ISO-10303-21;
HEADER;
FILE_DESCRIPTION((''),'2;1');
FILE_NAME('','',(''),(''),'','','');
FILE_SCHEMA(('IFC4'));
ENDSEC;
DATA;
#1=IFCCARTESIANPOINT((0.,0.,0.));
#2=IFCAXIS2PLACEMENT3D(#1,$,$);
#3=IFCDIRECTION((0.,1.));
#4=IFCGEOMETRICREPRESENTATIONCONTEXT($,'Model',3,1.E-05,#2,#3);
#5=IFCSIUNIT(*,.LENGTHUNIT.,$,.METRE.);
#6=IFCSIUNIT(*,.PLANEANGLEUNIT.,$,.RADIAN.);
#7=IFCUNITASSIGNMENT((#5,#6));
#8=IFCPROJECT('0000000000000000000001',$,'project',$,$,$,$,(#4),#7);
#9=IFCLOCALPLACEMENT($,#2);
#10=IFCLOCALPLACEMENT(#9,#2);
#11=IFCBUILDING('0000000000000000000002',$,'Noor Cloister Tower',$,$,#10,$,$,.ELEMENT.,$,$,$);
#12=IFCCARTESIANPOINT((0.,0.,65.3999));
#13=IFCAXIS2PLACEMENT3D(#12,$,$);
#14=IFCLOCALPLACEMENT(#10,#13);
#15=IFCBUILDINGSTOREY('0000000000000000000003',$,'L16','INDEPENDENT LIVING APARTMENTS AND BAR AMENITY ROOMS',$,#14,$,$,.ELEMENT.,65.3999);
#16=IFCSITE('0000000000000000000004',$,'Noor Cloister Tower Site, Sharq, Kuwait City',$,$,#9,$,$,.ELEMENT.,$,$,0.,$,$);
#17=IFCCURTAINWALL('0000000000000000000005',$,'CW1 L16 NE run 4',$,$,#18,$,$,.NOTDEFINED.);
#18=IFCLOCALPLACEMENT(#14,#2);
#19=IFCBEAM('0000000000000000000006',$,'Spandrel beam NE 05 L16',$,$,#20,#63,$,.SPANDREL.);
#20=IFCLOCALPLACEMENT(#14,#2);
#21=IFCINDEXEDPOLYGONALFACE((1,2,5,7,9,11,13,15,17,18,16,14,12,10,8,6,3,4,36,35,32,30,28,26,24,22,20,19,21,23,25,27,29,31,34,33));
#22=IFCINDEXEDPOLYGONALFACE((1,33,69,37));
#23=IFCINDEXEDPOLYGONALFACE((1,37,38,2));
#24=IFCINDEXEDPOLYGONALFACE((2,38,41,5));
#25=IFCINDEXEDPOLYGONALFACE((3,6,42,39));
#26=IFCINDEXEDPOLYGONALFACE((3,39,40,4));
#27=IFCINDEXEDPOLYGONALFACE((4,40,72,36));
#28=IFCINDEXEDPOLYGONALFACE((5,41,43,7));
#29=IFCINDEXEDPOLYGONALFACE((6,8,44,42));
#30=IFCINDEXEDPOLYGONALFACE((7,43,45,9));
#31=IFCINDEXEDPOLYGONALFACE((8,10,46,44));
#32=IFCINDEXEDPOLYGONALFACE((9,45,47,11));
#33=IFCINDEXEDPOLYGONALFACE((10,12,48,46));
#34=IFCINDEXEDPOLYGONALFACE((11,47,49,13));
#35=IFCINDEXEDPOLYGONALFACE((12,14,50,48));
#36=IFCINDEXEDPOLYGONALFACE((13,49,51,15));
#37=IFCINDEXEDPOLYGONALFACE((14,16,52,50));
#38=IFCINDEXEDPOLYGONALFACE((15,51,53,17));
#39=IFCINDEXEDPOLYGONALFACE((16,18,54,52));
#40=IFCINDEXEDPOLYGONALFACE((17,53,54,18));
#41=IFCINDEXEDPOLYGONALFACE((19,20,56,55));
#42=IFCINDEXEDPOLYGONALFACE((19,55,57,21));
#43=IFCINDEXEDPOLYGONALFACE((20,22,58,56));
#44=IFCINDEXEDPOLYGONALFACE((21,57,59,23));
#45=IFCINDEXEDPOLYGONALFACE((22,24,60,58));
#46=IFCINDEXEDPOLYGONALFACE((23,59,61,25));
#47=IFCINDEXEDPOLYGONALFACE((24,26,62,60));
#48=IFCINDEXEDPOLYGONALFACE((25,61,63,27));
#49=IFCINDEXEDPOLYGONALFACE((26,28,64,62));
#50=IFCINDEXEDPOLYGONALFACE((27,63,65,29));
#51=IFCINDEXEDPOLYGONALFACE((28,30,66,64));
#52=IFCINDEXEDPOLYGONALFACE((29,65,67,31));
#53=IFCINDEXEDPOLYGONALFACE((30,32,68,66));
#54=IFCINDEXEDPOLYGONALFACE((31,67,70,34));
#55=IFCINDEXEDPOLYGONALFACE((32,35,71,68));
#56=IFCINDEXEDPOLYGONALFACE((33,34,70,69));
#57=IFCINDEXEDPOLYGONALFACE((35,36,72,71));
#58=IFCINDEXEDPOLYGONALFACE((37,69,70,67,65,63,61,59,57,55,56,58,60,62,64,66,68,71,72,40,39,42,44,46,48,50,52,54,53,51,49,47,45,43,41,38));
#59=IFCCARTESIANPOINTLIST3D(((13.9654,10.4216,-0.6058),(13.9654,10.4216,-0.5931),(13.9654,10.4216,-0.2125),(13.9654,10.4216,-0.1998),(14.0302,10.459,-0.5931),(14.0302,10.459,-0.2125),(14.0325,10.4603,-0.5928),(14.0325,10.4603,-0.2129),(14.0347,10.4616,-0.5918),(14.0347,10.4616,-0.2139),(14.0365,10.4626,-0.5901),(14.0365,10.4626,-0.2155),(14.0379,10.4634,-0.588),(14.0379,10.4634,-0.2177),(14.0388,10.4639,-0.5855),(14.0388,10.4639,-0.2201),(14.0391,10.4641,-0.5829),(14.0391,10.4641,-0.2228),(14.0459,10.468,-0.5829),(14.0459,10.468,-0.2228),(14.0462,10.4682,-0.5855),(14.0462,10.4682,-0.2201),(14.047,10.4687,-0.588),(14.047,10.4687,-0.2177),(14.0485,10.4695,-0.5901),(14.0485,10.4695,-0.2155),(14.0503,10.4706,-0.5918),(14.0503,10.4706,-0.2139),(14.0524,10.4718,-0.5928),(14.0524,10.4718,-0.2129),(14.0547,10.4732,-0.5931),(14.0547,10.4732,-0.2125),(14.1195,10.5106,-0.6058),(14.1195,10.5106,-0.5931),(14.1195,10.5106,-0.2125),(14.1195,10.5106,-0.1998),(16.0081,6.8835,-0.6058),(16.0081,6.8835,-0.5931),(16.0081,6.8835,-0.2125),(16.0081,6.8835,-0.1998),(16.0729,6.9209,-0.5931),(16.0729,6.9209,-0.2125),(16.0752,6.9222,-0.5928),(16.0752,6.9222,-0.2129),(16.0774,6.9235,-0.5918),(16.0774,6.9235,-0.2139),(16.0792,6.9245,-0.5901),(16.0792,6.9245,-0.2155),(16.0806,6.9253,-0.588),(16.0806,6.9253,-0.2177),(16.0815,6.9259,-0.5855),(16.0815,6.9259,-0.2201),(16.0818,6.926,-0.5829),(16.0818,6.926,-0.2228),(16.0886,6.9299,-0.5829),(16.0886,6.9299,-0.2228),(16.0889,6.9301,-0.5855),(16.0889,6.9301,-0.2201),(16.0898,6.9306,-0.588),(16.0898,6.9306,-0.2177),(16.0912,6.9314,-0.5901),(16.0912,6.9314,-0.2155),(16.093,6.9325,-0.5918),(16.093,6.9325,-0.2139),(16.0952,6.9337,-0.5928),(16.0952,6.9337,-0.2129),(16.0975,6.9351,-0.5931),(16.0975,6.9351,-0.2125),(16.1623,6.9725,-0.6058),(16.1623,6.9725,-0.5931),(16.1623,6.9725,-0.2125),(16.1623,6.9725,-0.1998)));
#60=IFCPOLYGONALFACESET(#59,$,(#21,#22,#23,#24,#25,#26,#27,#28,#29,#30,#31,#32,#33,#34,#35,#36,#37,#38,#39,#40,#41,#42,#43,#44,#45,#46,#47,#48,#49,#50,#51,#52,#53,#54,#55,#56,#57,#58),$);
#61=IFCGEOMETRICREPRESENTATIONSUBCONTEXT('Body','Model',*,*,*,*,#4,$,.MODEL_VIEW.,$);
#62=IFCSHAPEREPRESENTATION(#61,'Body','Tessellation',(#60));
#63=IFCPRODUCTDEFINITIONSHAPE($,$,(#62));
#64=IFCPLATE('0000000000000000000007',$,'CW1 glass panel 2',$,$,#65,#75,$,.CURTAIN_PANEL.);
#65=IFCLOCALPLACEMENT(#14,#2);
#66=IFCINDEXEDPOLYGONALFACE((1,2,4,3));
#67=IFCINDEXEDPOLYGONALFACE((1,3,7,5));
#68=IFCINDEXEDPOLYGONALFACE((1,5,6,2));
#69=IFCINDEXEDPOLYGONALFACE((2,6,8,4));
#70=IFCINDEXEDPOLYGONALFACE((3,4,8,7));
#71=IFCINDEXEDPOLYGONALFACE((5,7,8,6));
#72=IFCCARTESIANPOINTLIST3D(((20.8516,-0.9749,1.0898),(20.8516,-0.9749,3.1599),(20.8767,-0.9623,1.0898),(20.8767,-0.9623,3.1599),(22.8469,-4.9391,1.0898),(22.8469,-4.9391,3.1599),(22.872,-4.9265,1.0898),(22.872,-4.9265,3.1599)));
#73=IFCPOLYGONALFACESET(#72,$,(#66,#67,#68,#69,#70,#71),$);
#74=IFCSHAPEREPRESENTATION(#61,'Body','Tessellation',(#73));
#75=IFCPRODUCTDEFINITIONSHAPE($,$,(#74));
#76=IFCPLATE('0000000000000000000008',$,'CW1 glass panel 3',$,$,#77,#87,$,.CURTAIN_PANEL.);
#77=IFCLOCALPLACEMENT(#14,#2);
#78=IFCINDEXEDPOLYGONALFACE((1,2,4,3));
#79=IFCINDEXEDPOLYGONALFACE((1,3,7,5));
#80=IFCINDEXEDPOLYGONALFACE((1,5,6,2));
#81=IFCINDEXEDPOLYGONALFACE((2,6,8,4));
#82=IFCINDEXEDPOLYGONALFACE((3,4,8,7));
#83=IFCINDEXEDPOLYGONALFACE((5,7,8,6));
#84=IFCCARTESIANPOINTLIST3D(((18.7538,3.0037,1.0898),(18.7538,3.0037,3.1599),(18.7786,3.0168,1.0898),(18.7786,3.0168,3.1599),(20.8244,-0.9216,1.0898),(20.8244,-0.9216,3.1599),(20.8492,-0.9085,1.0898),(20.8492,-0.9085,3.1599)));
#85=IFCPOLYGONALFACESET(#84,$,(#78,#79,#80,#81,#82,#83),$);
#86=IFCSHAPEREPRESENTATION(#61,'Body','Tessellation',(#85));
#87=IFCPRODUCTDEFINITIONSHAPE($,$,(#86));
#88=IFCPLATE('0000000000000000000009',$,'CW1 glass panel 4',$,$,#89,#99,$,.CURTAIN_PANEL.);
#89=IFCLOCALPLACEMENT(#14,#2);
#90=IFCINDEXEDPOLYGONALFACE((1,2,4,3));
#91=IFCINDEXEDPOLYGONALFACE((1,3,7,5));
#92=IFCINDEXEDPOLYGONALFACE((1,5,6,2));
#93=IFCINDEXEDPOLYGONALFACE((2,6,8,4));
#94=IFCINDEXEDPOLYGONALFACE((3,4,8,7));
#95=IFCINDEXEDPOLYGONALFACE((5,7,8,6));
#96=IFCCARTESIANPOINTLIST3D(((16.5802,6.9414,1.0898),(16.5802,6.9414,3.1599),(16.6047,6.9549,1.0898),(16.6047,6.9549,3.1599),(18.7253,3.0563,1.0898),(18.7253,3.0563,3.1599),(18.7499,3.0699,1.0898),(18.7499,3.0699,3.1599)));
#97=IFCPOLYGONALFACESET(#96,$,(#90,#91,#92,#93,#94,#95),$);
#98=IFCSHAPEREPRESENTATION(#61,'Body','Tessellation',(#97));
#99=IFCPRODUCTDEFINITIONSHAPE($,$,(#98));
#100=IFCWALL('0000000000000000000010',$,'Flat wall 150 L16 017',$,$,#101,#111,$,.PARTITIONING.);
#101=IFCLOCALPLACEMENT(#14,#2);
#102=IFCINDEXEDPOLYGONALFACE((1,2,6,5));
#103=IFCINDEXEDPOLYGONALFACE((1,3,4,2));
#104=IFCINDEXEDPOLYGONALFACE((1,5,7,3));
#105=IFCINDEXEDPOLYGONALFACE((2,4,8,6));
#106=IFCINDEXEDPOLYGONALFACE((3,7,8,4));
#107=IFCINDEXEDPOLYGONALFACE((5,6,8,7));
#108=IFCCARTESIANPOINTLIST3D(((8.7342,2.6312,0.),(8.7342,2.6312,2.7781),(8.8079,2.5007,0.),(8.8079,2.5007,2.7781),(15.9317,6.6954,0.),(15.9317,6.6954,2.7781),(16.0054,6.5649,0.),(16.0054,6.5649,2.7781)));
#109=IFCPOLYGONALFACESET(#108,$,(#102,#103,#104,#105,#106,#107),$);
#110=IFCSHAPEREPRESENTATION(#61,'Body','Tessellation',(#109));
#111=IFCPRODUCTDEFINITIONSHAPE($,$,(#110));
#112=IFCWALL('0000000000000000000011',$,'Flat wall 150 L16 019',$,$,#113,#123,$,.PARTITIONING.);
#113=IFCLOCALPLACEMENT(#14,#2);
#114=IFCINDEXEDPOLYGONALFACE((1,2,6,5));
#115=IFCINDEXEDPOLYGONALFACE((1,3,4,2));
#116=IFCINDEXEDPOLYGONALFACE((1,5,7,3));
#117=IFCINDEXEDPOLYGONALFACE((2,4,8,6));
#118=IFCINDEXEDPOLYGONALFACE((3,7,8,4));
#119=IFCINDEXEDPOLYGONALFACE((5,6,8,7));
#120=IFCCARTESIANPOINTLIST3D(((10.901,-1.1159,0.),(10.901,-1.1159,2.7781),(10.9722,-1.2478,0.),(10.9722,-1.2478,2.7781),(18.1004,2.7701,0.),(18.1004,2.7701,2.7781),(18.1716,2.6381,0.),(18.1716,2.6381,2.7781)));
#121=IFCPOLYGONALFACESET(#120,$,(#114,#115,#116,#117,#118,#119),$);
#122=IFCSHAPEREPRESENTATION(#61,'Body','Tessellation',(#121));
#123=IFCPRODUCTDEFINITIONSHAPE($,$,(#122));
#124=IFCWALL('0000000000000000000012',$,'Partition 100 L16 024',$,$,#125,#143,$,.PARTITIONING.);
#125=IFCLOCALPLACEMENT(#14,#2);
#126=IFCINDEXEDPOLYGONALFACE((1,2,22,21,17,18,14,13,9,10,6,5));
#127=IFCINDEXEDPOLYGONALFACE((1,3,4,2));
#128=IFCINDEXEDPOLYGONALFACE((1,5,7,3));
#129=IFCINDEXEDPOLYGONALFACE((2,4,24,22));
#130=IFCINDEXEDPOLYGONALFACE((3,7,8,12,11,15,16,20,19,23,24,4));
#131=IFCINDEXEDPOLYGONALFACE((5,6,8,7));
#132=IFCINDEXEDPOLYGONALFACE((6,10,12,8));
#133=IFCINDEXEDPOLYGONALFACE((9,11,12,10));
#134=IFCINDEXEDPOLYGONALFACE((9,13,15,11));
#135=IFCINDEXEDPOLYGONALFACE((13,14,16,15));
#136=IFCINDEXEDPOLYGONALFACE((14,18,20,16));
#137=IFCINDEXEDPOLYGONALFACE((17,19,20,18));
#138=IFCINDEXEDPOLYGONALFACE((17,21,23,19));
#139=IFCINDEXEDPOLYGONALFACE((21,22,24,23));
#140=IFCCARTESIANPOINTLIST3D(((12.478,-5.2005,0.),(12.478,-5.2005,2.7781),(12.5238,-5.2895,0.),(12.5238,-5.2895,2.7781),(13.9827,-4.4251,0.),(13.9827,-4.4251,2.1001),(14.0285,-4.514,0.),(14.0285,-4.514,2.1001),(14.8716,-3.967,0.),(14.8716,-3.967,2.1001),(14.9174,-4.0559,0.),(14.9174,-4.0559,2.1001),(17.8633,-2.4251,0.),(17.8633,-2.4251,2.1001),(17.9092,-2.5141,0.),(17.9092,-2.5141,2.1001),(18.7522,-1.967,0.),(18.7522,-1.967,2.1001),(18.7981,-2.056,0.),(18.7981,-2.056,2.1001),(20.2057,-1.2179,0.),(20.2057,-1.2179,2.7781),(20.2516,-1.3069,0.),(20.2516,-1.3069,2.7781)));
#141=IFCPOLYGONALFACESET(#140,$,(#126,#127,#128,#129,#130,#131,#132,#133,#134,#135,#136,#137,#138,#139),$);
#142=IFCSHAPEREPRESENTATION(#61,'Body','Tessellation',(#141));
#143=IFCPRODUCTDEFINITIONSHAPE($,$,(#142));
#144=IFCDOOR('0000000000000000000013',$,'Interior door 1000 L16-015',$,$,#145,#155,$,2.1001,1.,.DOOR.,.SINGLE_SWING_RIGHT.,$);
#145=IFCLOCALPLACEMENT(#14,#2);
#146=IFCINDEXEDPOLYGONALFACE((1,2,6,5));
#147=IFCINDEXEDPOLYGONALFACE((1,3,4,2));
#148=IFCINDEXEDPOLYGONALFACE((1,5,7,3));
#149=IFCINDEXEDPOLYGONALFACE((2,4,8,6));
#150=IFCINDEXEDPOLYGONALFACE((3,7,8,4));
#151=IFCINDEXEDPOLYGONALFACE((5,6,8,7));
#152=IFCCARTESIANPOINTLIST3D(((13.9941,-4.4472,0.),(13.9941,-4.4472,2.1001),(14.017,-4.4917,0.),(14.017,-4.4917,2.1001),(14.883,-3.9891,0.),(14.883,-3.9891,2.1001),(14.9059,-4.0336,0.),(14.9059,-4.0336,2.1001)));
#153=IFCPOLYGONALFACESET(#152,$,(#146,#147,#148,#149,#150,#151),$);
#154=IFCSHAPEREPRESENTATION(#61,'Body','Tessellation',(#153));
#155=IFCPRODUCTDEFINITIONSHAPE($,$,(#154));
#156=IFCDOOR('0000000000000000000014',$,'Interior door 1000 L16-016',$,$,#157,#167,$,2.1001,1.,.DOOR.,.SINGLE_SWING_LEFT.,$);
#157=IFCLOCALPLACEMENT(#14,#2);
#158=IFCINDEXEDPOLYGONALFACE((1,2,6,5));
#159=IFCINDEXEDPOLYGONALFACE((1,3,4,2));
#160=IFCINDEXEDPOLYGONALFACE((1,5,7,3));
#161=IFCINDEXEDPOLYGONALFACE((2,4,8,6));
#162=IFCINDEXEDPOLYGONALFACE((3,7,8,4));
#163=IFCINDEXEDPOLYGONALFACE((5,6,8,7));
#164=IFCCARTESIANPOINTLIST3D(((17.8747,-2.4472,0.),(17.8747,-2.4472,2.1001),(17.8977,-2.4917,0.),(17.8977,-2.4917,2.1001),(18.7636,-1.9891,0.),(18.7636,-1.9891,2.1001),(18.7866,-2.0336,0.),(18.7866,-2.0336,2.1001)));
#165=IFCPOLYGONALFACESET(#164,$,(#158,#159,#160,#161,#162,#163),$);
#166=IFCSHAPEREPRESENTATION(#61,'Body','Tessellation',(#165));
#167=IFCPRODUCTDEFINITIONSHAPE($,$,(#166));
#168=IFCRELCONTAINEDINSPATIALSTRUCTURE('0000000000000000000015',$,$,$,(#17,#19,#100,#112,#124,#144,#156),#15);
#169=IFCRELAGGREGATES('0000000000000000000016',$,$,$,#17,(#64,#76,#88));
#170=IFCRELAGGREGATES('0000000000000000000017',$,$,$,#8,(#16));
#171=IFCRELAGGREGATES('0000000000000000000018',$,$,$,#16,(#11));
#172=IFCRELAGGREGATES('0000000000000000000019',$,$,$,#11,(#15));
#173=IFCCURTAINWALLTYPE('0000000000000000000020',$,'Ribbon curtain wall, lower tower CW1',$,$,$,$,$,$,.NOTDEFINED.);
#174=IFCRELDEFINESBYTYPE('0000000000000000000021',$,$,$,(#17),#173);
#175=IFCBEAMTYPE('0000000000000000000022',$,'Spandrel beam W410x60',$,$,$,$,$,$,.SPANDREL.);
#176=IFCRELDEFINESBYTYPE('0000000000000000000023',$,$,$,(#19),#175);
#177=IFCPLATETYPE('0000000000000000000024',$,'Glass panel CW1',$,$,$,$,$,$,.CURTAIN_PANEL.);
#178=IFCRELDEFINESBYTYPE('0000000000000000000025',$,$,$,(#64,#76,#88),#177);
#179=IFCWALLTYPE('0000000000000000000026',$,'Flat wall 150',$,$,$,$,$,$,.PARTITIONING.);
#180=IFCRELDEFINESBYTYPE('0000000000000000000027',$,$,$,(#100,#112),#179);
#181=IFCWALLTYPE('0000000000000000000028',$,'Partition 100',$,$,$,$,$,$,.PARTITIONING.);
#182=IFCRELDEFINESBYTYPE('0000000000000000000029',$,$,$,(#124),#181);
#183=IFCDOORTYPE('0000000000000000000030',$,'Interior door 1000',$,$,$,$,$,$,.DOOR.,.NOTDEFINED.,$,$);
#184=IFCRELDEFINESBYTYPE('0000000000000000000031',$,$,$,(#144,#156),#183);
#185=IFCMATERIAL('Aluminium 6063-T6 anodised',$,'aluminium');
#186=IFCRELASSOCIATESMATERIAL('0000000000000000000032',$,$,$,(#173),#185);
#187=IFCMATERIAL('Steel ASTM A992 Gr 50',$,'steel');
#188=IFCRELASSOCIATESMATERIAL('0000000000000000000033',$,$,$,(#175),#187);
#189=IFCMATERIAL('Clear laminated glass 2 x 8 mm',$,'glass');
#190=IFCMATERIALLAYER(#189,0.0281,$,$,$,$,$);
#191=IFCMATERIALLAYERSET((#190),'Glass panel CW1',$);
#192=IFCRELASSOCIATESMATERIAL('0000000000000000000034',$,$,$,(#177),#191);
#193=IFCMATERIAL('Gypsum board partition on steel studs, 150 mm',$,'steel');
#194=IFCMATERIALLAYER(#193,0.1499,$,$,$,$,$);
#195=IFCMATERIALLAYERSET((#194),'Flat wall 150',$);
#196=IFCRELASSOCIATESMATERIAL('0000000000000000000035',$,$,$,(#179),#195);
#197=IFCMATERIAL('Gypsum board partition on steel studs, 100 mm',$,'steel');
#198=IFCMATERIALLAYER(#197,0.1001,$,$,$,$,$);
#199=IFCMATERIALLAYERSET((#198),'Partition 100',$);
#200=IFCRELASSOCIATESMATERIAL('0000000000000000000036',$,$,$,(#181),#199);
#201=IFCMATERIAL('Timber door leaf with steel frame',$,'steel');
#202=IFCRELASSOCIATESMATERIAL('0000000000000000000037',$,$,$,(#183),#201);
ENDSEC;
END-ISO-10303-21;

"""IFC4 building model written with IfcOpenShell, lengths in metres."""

from ifc_helpers import new_model, si_unit, direction, frame, frame_2d, origin, origin_2d, place, context, subcontext, project, spatial, rectangle, i_section, extrude, material, layer, layer_set, material_profile, profile_set, type_object, element, fill, aggregate, save


model = new_model("IFC4")

# Units and contexts
model_context = context("Model", 3, precision=1e-05, world=origin(), true_north=direction((0.0, 1.0)))
body_context = subcontext(model_context, "Body", "Model", "MODEL_VIEW")
ifc_project = project(units=[si_unit("LENGTHUNIT", "METRE"), si_unit("PLANEANGLEUNIT", "RADIAN")], contexts=[model_context])

# Site, building, storey
site_placement = place(None, origin())
site = spatial("IfcSite", under=ifc_project, at=site_placement, Name="Noor Cloister Tower Site, Sharq, Kuwait City", CompositionType="ELEMENT", RefElevation=0.0)
building_placement = place(site_placement, origin())
building = spatial("IfcBuilding", under=site, at=building_placement, Name="Noor Cloister Tower", CompositionType="ELEMENT")
storey_placement = place(building_placement, frame((0.0, 0.0, 65.3999)))
storey = spatial("IfcBuildingStorey", under=building, at=storey_placement, Name="L16", Description="INDEPENDENT LIVING APARTMENTS AND BAR AMENITY ROOMS", CompositionType="ELEMENT", Elevation=65.3999)

# Curtain wall
ifc_material_1 = material(Name="Aluminium 6063-T6 anodised", Category="aluminium")
curtain_wall_type = type_object("IfcCurtainWallType", Name="Ribbon curtain wall, lower tower CW1", PredefinedType="NOTDEFINED", material=ifc_material_1)
curtain_wall_placement = place(storey_placement, origin())
curtain_wall = element("IfcCurtainWall", 1, at=curtain_wall_placement, inside=storey, type_object=curtain_wall_type, Name="CW1 L16 NE run 4", PredefinedType="NOTDEFINED")

# Beam
ifc_material_2 = material(Name="Steel ASTM A992 Gr 50", Category="steel")
ifc_material_profile_1 = material_profile(ifc_material_2, i_section(OverallWidth=0.178, OverallDepth=0.406, WebThickness=0.0078, FlangeThickness=0.0127, FilletRadius=0.0103, at=origin_2d()), Name="W410x60")
ifc_profile_set_1 = profile_set([ifc_material_profile_1], Name="Steel ASTM A992 Gr 50")
beam_type_1 = type_object("IfcBeamType", Name="Spandrel beam W410x60", PredefinedType="SPANDREL", material=ifc_profile_set_1)
for number, where, z_axis, x_axis, name in (
    (2, (16.0852, 6.928, -0.4028), (-0.500002, 0.866024, 0.0), (-0.866024, -0.500002, 0.0), "Spandrel beam NE 05 L16"),
):
    element("IfcBeam", number, at=place(storey_placement, frame(where, z_axis=z_axis, x_axis=x_axis)), inside=storey, type_object=beam_type_1, Name=name, PredefinedType="SPANDREL", context=body_context, shape_type="SweptSolid", body=[
        extrude(i_section(OverallWidth=0.178, OverallDepth=0.406, WebThickness=0.0078, FlangeThickness=0.0127, FilletRadius=0.0103, at=origin_2d()), origin(), (0.0, 0.0, 1.0), 4.0854),
    ])

# Plates
ifc_material_3 = material(Name="Clear laminated glass 2 x 8 mm", Category="glass")
ifc_layer_1 = layer(ifc_material_3, 0.0281)
ifc_layer_set_1 = layer_set([ifc_layer_1], Name="Glass panel CW1")
plate_type = type_object("IfcPlateType", Name="Glass panel CW1", PredefinedType="CURTAIN_PANEL", material=ifc_layer_set_1)
plate_1_placement = place(storey_placement, frame((21.8618, -2.9507, 1.0898), z_axis=(0.0, 0.0, 1.0), x_axis=(-0.449593, 0.893233, 0.0)))
plate_1 = element("IfcPlate", 3, at=plate_1_placement, type_object=plate_type, Name="CW1 glass panel 2", PredefinedType="CURTAIN_PANEL", context=body_context, shape_type="SweptSolid", body=[
    extrude(rectangle(XDim=4.438, YDim=0.0281, at=origin_2d()), origin(), (0.0, 0.0, 1.0), 2.0701),
])
plate_2_placement = place(storey_placement, frame((19.8015, 1.0476, 1.0898), z_axis=(0.0, 0.0, 1.0), x_axis=(-0.466568, 0.884486, 0.0)))
plate_2 = element("IfcPlate", 4, at=plate_2_placement, type_object=plate_type, Name="CW1 glass panel 3", PredefinedType="CURTAIN_PANEL", context=body_context, shape_type="SweptSolid", body=[
    extrude(rectangle(XDim=4.438, YDim=0.0281, at=origin_2d()), origin(), (0.0, 0.0, 1.0), 2.0701),
])
plate_3_placement = place(storey_placement, frame((17.665, 5.0056, 1.0898), z_axis=(0.0, 0.0, 1.0), x_axis=(-0.483372, 0.875415, 0.0)))
plate_3 = element("IfcPlate", 5, at=plate_3_placement, type_object=plate_type, Name="CW1 glass panel 4", PredefinedType="CURTAIN_PANEL", context=body_context, shape_type="SweptSolid", body=[
    extrude(rectangle(XDim=4.438, YDim=0.0281, at=origin_2d()), origin(), (0.0, 0.0, 1.0), 2.0701),
])
aggregate(curtain_wall, [plate_1, plate_2, plate_3])

# Walls
ifc_material_4 = material(Name="Gypsum board partition on steel studs, 150 mm", Category="steel")
ifc_layer_2 = layer(ifc_material_4, 0.1499)
ifc_layer_set_2 = layer_set([ifc_layer_2], Name="Flat wall 150")
wall_type_1 = type_object("IfcWallType", Name="Flat wall 150", PredefinedType="PARTITIONING", material=ifc_layer_set_2)
wall_1_placement = place(storey_placement, frame((15.9685, 6.6301, 0.0), z_axis=(0.0, 0.0, 1.0), x_axis=(-0.870767, -0.491695, 0.0)))
element("IfcWall", 6, at=wall_1_placement, inside=storey, type_object=wall_type_1, Name="Flat wall 150 L16 017", PredefinedType="PARTITIONING", context=body_context, shape_type="SweptSolid", body=[
    extrude(rectangle(XDim=8.2656, YDim=0.1499, at=frame_2d((4.1328, 0.0))), origin(), (0.0, 0.0, 1.0), 2.7781),
])
wall_2_placement = place(storey_placement, frame((18.136, 2.7041, 0.0), z_axis=(0.0, 0.0, 1.0), x_axis=(-0.879993, -0.474986, 0.0)))
element("IfcWall", 7, at=wall_2_placement, inside=storey, type_object=wall_type_1, Name="Flat wall 150 L16 019", PredefinedType="PARTITIONING", context=body_context, shape_type="SweptSolid", body=[
    extrude(rectangle(XDim=8.1812, YDim=0.1499, at=frame_2d((4.0906, 0.0))), origin(), (0.0, 0.0, 1.0), 2.7781),
])

# Wall, openings, doors
ifc_material_5 = material(Name="Gypsum board partition on steel studs, 100 mm", Category="steel")
ifc_layer_3 = layer(ifc_material_5, 0.1001)
ifc_layer_set_3 = layer_set([ifc_layer_3], Name="Partition 100")
wall_type_2 = type_object("IfcWallType", Name="Partition 100", PredefinedType="PARTITIONING", material=ifc_layer_set_3)
wall_3_placement = place(storey_placement, frame((20.2285, -1.2625, 0.0), z_axis=(0.0, 0.0, 1.0), x_axis=(-0.888896, -0.45811, 0.0)))
wall_3 = element("IfcWall", 8, at=wall_3_placement, inside=storey, type_object=wall_type_2, Name="Partition 100 L16 024", PredefinedType="PARTITIONING", context=body_context, shape_type="SweptSolid", body=[
    extrude(rectangle(XDim=8.6936, YDim=0.1001, at=frame_2d((4.3467, 0.0))), origin(), (0.0, 0.0, 1.0), 2.7781),
])
opening_1_placement = place(wall_3_placement, frame((6.0007, 0.0, 0.0)))
opening_1 = element("IfcOpeningElement", 9, at=opening_1_placement, cuts=wall_3, PredefinedType="OPENING", context=body_context, shape_type="SweptSolid", body=[
    extrude(rectangle(XDim=1.0, YDim=2.1001, at=frame_2d((0.5, 1.05))), frame((0.0, 0.0601, 0.0), z_axis=(0.0, -1.0, 0.0), x_axis=(1.0, 0.0, 0.0)), (0.0, 0.0, 1.0), 0.1201),
])
opening_2_placement = place(wall_3_placement, frame((1.635, 0.0, 0.0)))
opening_2 = element("IfcOpeningElement", 10, at=opening_2_placement, cuts=wall_3, PredefinedType="OPENING", context=body_context, shape_type="SweptSolid", body=[
    extrude(rectangle(XDim=1.0, YDim=2.1001, at=frame_2d((0.5, 1.05))), frame((0.0, 0.0601, 0.0), z_axis=(0.0, -1.0, 0.0), x_axis=(1.0, 0.0, 0.0)), (0.0, 0.0, 1.0), 0.1201),
])
ifc_material_6 = material(Name="Timber door leaf with steel frame", Category="steel")
door_type = type_object("IfcDoorType", Name="Interior door 1000", OperationType="NOTDEFINED", PredefinedType="DOOR", material=ifc_material_6)
door_1_placement = place(opening_1_placement, origin())
door_1 = element("IfcDoor", 11, at=door_1_placement, inside=storey, type_object=door_type, Name="Interior door 1000 L16-015", OperationType="SINGLE_SWING_RIGHT", OverallHeight=2.1001, OverallWidth=1.0, PredefinedType="DOOR", context=body_context, shape_type="SweptSolid", body=[
    extrude(rectangle(XDim=1.0, YDim=2.1001, at=frame_2d((0.5, 1.05))), frame((0.0, 0.0249, 0.0), z_axis=(0.0, -1.0, 0.0), x_axis=(1.0, 0.0, 0.0)), (0.0, 0.0, 1.0), 0.05),
])
fill(opening_1, door_1)
door_2_placement = place(opening_2_placement, origin())
door_2 = element("IfcDoor", 12, at=door_2_placement, inside=storey, type_object=door_type, Name="Interior door 1000 L16-016", OperationType="SINGLE_SWING_LEFT", OverallHeight=2.1001, OverallWidth=1.0, PredefinedType="DOOR", context=body_context, shape_type="SweptSolid", body=[
    extrude(rectangle(XDim=1.0, YDim=2.1001, at=frame_2d((0.5, 1.05))), frame((0.0, 0.0249, 0.0), z_axis=(0.0, -1.0, 0.0), x_axis=(1.0, 0.0, 0.0)), (0.0, 0.0, 1.0), 0.05),
])
fill(opening_2, door_2)

save(model, "model.ifc")
